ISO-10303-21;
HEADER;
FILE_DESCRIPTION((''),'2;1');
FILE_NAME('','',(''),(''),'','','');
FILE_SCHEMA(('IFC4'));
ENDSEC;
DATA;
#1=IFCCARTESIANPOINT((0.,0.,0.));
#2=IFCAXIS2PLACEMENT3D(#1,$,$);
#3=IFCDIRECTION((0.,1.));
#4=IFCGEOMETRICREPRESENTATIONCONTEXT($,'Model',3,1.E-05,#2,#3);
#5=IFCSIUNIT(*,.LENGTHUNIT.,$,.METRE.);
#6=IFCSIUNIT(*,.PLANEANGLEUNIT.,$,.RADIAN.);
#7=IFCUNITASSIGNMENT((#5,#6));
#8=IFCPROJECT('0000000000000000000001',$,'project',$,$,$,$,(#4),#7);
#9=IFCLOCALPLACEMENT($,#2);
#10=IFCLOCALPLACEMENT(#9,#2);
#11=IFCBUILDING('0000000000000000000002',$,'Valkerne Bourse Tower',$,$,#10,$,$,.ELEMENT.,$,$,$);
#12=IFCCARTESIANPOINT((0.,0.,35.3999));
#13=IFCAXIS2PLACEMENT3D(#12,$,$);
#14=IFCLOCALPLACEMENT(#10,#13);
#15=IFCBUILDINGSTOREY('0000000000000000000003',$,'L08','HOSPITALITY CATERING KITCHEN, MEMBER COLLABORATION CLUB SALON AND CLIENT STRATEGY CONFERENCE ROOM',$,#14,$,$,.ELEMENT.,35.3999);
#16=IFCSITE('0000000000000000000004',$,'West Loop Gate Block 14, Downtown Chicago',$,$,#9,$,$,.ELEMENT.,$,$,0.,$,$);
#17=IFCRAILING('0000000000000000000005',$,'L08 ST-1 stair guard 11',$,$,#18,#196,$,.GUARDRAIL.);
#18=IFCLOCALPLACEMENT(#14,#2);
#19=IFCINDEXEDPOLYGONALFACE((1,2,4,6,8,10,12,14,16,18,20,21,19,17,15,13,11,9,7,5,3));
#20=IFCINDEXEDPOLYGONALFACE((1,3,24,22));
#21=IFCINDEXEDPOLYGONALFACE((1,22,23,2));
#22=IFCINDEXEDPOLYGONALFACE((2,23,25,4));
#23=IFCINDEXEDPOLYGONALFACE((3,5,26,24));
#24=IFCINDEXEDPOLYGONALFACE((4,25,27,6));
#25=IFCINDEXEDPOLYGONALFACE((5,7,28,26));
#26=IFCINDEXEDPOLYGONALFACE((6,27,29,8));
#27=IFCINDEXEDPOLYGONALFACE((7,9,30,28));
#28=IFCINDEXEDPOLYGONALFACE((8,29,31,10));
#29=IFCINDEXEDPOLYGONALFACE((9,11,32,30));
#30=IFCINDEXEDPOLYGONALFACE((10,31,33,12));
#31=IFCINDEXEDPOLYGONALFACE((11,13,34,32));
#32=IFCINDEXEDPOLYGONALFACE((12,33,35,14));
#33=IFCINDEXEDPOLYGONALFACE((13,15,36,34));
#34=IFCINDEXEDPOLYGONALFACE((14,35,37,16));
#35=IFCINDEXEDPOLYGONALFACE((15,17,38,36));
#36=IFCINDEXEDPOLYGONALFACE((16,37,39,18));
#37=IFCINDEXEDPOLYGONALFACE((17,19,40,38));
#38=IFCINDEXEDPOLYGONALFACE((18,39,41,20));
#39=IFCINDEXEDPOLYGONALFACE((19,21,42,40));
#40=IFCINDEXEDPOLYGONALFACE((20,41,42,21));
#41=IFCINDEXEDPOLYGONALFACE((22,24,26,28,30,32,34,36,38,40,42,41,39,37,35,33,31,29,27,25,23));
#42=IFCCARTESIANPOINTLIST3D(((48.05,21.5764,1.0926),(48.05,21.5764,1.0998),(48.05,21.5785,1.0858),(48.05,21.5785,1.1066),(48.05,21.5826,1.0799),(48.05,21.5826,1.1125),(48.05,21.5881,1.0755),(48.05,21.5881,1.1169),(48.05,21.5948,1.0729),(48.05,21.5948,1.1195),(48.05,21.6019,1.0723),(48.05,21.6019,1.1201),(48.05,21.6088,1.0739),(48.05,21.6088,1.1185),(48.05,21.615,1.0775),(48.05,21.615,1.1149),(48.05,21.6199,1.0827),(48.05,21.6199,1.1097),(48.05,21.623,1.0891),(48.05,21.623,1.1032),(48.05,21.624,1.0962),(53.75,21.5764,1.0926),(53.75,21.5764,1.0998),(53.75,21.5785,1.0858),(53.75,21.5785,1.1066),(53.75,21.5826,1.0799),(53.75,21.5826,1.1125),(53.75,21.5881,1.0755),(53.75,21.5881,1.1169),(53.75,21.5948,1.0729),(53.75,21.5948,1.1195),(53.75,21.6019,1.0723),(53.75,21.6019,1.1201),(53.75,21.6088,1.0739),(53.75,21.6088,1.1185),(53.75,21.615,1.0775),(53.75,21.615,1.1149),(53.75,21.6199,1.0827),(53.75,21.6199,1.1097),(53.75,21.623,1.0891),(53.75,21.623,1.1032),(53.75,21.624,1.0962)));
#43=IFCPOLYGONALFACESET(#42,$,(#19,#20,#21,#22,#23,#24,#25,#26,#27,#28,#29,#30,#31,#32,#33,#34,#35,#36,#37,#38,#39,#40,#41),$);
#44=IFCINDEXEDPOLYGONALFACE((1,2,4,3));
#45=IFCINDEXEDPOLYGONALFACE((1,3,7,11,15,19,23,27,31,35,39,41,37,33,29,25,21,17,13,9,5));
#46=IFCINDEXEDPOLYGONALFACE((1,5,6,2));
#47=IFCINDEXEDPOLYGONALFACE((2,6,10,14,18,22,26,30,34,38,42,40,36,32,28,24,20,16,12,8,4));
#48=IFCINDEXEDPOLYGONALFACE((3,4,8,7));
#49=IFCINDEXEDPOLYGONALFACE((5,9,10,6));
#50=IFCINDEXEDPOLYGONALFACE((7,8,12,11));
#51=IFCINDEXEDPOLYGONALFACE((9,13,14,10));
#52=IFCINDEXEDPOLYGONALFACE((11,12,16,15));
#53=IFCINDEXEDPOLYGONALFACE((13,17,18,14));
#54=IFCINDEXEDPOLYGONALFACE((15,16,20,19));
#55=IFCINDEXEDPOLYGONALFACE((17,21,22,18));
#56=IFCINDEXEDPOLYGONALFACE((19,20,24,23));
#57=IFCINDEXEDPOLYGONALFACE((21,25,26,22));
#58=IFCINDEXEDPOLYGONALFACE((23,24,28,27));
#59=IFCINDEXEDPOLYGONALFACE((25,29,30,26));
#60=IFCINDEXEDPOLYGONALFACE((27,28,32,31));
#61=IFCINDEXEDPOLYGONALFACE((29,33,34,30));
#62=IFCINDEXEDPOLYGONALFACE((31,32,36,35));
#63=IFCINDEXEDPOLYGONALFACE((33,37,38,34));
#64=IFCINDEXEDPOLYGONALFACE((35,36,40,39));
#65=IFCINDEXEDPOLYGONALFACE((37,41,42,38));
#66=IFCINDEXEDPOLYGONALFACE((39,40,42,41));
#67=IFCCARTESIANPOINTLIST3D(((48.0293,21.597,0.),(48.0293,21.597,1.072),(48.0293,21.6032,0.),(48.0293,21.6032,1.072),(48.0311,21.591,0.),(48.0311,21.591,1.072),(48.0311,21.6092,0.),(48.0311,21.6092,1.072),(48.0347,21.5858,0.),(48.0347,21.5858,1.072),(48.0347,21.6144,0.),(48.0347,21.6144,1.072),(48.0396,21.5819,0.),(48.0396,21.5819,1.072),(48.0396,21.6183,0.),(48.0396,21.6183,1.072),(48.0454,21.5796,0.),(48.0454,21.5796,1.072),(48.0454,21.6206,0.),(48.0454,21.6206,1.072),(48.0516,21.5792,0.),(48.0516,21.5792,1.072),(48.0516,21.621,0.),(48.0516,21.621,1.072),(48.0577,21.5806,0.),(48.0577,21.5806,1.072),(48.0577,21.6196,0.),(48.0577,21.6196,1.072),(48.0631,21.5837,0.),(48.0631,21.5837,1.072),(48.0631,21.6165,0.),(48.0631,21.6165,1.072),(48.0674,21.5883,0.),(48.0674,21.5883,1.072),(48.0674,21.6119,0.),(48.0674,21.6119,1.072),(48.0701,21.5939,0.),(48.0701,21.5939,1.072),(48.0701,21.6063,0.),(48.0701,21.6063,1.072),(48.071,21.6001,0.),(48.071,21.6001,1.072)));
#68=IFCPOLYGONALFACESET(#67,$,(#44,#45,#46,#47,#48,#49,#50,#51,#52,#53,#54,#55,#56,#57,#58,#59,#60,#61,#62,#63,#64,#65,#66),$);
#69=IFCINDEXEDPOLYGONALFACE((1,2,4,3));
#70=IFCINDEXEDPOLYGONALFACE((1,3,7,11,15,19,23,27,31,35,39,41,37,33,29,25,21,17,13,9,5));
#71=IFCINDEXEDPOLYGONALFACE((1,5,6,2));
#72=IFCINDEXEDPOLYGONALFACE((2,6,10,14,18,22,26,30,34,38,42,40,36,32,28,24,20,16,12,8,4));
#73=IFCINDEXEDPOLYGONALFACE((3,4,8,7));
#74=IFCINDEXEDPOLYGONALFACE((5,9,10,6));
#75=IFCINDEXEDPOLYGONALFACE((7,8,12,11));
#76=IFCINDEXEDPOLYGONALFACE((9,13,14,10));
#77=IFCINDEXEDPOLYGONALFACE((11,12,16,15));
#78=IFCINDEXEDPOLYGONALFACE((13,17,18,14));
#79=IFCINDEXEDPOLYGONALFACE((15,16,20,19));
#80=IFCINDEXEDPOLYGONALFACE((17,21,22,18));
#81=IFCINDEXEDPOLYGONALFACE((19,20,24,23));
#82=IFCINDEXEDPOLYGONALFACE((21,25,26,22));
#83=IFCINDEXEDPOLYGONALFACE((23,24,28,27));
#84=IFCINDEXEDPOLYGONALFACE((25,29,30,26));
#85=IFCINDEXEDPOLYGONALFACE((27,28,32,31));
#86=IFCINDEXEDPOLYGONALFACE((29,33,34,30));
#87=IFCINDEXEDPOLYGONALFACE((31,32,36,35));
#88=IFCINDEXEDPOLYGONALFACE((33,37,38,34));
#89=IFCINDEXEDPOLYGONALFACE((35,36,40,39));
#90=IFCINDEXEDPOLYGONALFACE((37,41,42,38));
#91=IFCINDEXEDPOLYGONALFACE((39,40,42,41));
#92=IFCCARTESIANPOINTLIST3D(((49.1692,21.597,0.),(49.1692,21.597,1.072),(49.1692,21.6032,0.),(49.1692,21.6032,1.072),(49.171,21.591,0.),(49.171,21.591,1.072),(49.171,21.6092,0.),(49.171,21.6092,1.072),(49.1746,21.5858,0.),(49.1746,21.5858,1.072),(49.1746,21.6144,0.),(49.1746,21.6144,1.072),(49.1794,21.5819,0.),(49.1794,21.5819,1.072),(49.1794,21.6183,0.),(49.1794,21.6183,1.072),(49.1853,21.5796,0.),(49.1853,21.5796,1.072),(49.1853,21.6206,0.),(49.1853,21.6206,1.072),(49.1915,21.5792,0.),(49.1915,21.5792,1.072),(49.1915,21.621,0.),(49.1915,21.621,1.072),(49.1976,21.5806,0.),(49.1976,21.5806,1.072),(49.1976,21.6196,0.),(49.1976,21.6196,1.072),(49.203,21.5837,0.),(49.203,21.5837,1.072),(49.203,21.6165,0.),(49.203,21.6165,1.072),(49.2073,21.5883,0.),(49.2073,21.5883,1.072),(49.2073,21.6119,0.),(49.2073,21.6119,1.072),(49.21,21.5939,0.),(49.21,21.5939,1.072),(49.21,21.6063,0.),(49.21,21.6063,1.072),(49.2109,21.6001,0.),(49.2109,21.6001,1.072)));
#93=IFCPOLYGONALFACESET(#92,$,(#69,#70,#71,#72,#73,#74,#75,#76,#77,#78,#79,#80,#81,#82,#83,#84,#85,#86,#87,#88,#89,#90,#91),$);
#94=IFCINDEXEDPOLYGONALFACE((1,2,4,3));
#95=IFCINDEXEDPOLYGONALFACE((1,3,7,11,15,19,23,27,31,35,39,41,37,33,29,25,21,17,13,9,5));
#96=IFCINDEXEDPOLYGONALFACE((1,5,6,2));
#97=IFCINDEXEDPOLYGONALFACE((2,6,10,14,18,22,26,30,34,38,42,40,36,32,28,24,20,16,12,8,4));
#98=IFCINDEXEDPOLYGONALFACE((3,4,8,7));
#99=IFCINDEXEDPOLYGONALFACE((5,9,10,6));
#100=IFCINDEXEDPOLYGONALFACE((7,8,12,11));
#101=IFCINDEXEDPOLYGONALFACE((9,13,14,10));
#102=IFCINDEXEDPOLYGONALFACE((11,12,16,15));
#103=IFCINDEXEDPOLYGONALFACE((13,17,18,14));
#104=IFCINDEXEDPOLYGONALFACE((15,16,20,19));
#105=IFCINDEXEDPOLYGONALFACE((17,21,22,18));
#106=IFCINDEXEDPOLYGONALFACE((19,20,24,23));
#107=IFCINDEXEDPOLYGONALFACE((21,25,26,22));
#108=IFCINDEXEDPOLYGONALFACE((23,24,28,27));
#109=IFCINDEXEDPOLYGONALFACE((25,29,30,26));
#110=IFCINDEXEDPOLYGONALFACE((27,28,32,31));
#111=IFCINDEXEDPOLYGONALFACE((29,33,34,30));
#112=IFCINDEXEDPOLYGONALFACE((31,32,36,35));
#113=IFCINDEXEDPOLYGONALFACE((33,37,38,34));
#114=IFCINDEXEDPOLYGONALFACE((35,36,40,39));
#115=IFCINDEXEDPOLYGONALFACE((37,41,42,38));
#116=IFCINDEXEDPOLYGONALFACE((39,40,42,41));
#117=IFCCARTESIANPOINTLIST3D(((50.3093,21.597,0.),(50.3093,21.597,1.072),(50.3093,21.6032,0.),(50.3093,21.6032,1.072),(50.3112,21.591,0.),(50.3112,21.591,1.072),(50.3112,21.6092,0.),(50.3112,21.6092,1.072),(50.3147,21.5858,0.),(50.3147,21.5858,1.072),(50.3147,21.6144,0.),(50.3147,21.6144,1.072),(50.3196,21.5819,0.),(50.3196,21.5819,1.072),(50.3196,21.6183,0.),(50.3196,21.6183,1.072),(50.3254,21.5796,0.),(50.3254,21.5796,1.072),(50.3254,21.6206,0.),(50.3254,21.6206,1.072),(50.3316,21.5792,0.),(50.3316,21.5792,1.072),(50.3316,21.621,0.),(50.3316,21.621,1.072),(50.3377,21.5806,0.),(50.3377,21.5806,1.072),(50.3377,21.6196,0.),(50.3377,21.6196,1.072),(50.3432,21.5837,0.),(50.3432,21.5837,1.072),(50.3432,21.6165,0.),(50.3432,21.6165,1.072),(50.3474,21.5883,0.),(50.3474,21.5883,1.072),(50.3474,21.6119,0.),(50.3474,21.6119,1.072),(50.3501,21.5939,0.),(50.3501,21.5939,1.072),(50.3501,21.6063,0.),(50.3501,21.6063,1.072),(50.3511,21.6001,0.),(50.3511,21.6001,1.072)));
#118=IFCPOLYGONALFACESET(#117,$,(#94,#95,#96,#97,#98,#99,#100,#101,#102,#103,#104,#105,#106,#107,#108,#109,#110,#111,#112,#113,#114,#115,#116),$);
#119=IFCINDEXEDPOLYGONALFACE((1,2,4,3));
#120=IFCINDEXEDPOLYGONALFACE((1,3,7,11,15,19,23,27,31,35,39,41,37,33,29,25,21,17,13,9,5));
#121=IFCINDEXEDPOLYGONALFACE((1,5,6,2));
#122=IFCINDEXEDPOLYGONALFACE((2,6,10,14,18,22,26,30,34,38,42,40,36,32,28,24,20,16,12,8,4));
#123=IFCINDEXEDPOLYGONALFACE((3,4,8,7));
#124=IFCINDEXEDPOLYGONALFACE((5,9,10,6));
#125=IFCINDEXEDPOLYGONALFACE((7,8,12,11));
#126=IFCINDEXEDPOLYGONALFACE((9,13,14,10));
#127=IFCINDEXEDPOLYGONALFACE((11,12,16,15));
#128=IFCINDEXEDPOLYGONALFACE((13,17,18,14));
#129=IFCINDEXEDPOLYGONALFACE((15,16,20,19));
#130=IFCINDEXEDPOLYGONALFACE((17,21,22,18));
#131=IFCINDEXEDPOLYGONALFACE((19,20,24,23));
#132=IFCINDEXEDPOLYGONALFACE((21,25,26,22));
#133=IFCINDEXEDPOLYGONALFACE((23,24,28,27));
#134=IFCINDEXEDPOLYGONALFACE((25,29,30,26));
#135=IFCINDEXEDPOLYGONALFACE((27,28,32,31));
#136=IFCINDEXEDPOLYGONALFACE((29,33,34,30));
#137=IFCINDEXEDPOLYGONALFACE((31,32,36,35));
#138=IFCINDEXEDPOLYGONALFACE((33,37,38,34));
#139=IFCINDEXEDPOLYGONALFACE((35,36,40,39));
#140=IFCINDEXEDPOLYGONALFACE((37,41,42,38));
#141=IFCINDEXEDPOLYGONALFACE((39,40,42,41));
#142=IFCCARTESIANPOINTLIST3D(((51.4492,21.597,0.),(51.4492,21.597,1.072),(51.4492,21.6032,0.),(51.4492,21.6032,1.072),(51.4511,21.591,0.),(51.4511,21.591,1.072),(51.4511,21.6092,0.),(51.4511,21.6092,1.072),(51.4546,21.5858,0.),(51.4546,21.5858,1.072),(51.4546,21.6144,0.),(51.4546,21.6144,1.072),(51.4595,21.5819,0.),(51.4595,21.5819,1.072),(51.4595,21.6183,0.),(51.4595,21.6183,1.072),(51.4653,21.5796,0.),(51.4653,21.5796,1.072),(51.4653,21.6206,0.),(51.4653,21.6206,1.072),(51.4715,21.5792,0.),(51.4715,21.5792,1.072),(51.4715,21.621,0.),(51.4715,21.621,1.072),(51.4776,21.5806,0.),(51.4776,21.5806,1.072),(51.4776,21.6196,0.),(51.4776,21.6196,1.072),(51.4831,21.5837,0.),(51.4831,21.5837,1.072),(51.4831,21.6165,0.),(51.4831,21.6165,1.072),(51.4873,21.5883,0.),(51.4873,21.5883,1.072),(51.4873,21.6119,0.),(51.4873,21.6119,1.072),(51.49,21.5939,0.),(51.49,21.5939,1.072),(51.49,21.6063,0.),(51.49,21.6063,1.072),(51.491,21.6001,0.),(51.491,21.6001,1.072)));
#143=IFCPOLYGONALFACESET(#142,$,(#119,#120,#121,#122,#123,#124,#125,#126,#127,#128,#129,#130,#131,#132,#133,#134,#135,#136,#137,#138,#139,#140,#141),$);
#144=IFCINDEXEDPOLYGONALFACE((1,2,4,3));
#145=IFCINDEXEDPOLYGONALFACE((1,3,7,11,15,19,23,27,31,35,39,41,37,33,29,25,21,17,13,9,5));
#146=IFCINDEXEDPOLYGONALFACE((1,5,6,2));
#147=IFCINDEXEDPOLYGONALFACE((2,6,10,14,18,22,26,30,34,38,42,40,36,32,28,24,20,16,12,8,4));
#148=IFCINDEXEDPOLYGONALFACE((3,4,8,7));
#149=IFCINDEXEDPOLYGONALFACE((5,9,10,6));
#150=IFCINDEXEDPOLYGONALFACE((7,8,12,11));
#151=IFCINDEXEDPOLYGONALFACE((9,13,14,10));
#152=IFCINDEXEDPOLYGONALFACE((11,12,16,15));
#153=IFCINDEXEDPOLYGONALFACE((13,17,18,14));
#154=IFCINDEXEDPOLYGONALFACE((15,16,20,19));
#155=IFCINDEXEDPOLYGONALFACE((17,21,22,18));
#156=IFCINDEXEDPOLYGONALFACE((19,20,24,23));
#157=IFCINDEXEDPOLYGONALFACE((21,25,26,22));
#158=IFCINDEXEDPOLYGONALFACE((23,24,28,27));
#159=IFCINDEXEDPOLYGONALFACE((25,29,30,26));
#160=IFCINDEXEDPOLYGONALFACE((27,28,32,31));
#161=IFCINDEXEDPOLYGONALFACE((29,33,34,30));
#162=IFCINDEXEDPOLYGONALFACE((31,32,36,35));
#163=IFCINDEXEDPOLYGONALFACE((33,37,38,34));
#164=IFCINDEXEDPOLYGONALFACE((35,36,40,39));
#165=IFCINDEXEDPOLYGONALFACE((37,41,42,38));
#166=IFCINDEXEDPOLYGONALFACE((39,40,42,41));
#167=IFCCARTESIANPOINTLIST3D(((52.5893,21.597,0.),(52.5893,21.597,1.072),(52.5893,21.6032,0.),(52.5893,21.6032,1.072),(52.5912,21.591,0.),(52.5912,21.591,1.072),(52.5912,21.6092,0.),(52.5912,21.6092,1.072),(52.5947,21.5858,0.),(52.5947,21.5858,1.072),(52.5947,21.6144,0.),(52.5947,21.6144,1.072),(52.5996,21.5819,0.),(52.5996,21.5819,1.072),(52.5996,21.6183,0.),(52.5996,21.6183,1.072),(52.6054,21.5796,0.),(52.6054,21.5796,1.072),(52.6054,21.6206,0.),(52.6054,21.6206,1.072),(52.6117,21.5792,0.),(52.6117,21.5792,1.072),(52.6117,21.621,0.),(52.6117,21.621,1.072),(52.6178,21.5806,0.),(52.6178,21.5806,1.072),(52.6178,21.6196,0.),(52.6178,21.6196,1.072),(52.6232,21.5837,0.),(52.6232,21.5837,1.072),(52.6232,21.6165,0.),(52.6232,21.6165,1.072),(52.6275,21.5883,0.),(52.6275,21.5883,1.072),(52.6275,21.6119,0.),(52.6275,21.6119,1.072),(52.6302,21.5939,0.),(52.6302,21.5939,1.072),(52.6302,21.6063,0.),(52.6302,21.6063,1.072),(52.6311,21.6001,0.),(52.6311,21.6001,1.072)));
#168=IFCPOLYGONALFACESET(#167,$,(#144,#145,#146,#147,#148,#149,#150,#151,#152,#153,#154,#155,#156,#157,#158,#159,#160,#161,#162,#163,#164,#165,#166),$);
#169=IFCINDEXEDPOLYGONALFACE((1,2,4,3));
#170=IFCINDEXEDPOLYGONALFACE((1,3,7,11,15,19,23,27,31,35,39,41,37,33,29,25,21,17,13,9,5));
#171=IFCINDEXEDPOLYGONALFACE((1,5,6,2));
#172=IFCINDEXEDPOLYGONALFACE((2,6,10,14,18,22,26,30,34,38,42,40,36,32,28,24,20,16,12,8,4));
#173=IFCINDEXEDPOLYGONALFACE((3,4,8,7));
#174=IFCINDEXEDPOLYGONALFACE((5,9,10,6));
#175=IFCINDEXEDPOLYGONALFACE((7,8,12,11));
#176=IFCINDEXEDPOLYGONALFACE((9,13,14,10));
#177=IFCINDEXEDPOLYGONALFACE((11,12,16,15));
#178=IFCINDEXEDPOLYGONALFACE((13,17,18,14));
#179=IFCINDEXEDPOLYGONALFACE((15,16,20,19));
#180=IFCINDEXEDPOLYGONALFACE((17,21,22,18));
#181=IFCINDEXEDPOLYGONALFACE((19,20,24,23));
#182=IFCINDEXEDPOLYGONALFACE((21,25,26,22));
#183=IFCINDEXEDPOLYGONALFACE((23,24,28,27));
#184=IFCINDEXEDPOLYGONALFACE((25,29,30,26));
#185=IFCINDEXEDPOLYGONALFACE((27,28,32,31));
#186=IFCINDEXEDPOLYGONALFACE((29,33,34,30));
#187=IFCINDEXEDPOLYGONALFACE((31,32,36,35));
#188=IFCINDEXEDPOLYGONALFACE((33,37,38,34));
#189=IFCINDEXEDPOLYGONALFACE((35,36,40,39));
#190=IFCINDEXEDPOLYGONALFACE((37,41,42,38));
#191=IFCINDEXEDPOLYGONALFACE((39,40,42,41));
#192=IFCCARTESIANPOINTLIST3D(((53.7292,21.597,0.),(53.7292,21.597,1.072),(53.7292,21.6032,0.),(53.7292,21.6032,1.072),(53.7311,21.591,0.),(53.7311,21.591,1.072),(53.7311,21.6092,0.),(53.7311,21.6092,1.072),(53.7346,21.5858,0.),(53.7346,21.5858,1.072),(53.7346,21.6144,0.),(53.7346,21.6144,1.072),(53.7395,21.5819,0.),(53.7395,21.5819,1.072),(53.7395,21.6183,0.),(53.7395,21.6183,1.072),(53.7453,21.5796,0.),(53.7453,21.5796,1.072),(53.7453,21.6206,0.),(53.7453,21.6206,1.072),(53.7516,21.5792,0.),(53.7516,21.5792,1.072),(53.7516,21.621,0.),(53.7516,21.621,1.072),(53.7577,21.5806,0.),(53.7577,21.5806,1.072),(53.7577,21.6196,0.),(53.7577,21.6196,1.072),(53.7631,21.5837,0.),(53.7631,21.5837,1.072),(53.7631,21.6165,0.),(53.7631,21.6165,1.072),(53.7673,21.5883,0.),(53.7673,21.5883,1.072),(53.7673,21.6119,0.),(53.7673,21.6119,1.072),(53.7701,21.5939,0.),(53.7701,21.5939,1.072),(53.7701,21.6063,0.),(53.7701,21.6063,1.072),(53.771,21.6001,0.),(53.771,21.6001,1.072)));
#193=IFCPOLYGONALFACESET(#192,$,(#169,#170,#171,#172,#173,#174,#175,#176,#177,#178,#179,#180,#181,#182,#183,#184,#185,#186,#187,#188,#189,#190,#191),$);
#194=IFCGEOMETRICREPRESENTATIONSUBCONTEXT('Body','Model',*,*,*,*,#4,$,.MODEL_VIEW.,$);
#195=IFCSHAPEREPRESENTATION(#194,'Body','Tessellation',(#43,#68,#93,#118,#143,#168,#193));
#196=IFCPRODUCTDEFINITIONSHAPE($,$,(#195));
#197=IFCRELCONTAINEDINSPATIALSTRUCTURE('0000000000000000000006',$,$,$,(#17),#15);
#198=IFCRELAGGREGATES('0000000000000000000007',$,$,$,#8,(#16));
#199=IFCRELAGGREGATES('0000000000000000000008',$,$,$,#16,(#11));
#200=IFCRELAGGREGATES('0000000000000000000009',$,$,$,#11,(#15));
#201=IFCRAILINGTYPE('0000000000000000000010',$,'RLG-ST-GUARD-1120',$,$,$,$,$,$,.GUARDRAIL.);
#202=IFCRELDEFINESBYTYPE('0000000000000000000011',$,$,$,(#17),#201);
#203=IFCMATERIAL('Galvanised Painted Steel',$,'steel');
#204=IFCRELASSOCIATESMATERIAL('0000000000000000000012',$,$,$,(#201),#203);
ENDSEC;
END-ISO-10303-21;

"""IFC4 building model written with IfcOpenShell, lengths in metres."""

from ifc_helpers import new_model, si_unit, direction, frame, origin, origin_2d, place, context, subcontext, project, spatial, circle, extrude, material, type_object, element, save


model = new_model("IFC4")

# Units and contexts
model_context = context("Model", 3, precision=1e-05, world=origin(), true_north=direction((0.0, 1.0)))
body_context = subcontext(model_context, "Body", "Model", "MODEL_VIEW")
ifc_project = project(units=[si_unit("LENGTHUNIT", "METRE"), si_unit("PLANEANGLEUNIT", "RADIAN")], contexts=[model_context])

# Site, building, storey
site_placement = place(None, origin())
site = spatial("IfcSite", under=ifc_project, at=site_placement, Name="West Loop Gate Block 14, Downtown Chicago", CompositionType="ELEMENT", RefElevation=0.0)
building_placement = place(site_placement, origin())
building = spatial("IfcBuilding", under=site, at=building_placement, Name="Valkerne Bourse Tower", CompositionType="ELEMENT")
storey_placement = place(building_placement, frame((0.0, 0.0, 35.3999)))
storey = spatial("IfcBuildingStorey", under=building, at=storey_placement, Name="L08", Description="HOSPITALITY CATERING KITCHEN, MEMBER COLLABORATION CLUB SALON AND CLIENT STRATEGY CONFERENCE ROOM", CompositionType="ELEMENT", Elevation=35.3999)

# Shared definitions
ifc_material_1 = material(Name="Galvanised Painted Steel", Category="steel")

# Railing
railing_type_1 = type_object("IfcRailingType", Name="RLG-ST-GUARD-1120", PredefinedType="GUARDRAIL", material=ifc_material_1)
for number, where, name in (
    (1, (48.05, 21.6001, 0.0), "L08 ST-1 stair guard 11"),
):
    element("IfcRailing", number, at=place(storey_placement, frame(where)), inside=storey, type_object=railing_type_1, Name=name, PredefinedType="GUARDRAIL", context=body_context, shape_type="SweptSolid", body=[
        extrude(circle(Radius=0.0239, at=origin_2d()), frame((0.0, 0.0, 1.0962), z_axis=(1.0, 0.0, 0.0), x_axis=(0.0, 1.0, 0.0)), (0.0, 0.0, 1.0), 5.7),
        extrude(circle(Radius=0.021, at=origin_2d()), origin(), (0.0, 0.0, 1.0), 1.072),
        extrude(circle(Radius=0.021, at=origin_2d()), frame((1.1399, 0.0, 0.0)), (0.0, 0.0, 1.0), 1.072),
        extrude(circle(Radius=0.021, at=origin_2d()), frame((2.28, 0.0, 0.0)), (0.0, 0.0, 1.0), 1.072),
        extrude(circle(Radius=0.021, at=origin_2d()), frame((3.4199, 0.0, 0.0)), (0.0, 0.0, 1.0), 1.072),
        extrude(circle(Radius=0.021, at=origin_2d()), frame((4.5601, 0.0, 0.0)), (0.0, 0.0, 1.0), 1.072),
        extrude(circle(Radius=0.021, at=origin_2d()), frame((5.7, 0.0, 0.0)), (0.0, 0.0, 1.0), 1.072),
    ])

save(model, "model.ifc")
